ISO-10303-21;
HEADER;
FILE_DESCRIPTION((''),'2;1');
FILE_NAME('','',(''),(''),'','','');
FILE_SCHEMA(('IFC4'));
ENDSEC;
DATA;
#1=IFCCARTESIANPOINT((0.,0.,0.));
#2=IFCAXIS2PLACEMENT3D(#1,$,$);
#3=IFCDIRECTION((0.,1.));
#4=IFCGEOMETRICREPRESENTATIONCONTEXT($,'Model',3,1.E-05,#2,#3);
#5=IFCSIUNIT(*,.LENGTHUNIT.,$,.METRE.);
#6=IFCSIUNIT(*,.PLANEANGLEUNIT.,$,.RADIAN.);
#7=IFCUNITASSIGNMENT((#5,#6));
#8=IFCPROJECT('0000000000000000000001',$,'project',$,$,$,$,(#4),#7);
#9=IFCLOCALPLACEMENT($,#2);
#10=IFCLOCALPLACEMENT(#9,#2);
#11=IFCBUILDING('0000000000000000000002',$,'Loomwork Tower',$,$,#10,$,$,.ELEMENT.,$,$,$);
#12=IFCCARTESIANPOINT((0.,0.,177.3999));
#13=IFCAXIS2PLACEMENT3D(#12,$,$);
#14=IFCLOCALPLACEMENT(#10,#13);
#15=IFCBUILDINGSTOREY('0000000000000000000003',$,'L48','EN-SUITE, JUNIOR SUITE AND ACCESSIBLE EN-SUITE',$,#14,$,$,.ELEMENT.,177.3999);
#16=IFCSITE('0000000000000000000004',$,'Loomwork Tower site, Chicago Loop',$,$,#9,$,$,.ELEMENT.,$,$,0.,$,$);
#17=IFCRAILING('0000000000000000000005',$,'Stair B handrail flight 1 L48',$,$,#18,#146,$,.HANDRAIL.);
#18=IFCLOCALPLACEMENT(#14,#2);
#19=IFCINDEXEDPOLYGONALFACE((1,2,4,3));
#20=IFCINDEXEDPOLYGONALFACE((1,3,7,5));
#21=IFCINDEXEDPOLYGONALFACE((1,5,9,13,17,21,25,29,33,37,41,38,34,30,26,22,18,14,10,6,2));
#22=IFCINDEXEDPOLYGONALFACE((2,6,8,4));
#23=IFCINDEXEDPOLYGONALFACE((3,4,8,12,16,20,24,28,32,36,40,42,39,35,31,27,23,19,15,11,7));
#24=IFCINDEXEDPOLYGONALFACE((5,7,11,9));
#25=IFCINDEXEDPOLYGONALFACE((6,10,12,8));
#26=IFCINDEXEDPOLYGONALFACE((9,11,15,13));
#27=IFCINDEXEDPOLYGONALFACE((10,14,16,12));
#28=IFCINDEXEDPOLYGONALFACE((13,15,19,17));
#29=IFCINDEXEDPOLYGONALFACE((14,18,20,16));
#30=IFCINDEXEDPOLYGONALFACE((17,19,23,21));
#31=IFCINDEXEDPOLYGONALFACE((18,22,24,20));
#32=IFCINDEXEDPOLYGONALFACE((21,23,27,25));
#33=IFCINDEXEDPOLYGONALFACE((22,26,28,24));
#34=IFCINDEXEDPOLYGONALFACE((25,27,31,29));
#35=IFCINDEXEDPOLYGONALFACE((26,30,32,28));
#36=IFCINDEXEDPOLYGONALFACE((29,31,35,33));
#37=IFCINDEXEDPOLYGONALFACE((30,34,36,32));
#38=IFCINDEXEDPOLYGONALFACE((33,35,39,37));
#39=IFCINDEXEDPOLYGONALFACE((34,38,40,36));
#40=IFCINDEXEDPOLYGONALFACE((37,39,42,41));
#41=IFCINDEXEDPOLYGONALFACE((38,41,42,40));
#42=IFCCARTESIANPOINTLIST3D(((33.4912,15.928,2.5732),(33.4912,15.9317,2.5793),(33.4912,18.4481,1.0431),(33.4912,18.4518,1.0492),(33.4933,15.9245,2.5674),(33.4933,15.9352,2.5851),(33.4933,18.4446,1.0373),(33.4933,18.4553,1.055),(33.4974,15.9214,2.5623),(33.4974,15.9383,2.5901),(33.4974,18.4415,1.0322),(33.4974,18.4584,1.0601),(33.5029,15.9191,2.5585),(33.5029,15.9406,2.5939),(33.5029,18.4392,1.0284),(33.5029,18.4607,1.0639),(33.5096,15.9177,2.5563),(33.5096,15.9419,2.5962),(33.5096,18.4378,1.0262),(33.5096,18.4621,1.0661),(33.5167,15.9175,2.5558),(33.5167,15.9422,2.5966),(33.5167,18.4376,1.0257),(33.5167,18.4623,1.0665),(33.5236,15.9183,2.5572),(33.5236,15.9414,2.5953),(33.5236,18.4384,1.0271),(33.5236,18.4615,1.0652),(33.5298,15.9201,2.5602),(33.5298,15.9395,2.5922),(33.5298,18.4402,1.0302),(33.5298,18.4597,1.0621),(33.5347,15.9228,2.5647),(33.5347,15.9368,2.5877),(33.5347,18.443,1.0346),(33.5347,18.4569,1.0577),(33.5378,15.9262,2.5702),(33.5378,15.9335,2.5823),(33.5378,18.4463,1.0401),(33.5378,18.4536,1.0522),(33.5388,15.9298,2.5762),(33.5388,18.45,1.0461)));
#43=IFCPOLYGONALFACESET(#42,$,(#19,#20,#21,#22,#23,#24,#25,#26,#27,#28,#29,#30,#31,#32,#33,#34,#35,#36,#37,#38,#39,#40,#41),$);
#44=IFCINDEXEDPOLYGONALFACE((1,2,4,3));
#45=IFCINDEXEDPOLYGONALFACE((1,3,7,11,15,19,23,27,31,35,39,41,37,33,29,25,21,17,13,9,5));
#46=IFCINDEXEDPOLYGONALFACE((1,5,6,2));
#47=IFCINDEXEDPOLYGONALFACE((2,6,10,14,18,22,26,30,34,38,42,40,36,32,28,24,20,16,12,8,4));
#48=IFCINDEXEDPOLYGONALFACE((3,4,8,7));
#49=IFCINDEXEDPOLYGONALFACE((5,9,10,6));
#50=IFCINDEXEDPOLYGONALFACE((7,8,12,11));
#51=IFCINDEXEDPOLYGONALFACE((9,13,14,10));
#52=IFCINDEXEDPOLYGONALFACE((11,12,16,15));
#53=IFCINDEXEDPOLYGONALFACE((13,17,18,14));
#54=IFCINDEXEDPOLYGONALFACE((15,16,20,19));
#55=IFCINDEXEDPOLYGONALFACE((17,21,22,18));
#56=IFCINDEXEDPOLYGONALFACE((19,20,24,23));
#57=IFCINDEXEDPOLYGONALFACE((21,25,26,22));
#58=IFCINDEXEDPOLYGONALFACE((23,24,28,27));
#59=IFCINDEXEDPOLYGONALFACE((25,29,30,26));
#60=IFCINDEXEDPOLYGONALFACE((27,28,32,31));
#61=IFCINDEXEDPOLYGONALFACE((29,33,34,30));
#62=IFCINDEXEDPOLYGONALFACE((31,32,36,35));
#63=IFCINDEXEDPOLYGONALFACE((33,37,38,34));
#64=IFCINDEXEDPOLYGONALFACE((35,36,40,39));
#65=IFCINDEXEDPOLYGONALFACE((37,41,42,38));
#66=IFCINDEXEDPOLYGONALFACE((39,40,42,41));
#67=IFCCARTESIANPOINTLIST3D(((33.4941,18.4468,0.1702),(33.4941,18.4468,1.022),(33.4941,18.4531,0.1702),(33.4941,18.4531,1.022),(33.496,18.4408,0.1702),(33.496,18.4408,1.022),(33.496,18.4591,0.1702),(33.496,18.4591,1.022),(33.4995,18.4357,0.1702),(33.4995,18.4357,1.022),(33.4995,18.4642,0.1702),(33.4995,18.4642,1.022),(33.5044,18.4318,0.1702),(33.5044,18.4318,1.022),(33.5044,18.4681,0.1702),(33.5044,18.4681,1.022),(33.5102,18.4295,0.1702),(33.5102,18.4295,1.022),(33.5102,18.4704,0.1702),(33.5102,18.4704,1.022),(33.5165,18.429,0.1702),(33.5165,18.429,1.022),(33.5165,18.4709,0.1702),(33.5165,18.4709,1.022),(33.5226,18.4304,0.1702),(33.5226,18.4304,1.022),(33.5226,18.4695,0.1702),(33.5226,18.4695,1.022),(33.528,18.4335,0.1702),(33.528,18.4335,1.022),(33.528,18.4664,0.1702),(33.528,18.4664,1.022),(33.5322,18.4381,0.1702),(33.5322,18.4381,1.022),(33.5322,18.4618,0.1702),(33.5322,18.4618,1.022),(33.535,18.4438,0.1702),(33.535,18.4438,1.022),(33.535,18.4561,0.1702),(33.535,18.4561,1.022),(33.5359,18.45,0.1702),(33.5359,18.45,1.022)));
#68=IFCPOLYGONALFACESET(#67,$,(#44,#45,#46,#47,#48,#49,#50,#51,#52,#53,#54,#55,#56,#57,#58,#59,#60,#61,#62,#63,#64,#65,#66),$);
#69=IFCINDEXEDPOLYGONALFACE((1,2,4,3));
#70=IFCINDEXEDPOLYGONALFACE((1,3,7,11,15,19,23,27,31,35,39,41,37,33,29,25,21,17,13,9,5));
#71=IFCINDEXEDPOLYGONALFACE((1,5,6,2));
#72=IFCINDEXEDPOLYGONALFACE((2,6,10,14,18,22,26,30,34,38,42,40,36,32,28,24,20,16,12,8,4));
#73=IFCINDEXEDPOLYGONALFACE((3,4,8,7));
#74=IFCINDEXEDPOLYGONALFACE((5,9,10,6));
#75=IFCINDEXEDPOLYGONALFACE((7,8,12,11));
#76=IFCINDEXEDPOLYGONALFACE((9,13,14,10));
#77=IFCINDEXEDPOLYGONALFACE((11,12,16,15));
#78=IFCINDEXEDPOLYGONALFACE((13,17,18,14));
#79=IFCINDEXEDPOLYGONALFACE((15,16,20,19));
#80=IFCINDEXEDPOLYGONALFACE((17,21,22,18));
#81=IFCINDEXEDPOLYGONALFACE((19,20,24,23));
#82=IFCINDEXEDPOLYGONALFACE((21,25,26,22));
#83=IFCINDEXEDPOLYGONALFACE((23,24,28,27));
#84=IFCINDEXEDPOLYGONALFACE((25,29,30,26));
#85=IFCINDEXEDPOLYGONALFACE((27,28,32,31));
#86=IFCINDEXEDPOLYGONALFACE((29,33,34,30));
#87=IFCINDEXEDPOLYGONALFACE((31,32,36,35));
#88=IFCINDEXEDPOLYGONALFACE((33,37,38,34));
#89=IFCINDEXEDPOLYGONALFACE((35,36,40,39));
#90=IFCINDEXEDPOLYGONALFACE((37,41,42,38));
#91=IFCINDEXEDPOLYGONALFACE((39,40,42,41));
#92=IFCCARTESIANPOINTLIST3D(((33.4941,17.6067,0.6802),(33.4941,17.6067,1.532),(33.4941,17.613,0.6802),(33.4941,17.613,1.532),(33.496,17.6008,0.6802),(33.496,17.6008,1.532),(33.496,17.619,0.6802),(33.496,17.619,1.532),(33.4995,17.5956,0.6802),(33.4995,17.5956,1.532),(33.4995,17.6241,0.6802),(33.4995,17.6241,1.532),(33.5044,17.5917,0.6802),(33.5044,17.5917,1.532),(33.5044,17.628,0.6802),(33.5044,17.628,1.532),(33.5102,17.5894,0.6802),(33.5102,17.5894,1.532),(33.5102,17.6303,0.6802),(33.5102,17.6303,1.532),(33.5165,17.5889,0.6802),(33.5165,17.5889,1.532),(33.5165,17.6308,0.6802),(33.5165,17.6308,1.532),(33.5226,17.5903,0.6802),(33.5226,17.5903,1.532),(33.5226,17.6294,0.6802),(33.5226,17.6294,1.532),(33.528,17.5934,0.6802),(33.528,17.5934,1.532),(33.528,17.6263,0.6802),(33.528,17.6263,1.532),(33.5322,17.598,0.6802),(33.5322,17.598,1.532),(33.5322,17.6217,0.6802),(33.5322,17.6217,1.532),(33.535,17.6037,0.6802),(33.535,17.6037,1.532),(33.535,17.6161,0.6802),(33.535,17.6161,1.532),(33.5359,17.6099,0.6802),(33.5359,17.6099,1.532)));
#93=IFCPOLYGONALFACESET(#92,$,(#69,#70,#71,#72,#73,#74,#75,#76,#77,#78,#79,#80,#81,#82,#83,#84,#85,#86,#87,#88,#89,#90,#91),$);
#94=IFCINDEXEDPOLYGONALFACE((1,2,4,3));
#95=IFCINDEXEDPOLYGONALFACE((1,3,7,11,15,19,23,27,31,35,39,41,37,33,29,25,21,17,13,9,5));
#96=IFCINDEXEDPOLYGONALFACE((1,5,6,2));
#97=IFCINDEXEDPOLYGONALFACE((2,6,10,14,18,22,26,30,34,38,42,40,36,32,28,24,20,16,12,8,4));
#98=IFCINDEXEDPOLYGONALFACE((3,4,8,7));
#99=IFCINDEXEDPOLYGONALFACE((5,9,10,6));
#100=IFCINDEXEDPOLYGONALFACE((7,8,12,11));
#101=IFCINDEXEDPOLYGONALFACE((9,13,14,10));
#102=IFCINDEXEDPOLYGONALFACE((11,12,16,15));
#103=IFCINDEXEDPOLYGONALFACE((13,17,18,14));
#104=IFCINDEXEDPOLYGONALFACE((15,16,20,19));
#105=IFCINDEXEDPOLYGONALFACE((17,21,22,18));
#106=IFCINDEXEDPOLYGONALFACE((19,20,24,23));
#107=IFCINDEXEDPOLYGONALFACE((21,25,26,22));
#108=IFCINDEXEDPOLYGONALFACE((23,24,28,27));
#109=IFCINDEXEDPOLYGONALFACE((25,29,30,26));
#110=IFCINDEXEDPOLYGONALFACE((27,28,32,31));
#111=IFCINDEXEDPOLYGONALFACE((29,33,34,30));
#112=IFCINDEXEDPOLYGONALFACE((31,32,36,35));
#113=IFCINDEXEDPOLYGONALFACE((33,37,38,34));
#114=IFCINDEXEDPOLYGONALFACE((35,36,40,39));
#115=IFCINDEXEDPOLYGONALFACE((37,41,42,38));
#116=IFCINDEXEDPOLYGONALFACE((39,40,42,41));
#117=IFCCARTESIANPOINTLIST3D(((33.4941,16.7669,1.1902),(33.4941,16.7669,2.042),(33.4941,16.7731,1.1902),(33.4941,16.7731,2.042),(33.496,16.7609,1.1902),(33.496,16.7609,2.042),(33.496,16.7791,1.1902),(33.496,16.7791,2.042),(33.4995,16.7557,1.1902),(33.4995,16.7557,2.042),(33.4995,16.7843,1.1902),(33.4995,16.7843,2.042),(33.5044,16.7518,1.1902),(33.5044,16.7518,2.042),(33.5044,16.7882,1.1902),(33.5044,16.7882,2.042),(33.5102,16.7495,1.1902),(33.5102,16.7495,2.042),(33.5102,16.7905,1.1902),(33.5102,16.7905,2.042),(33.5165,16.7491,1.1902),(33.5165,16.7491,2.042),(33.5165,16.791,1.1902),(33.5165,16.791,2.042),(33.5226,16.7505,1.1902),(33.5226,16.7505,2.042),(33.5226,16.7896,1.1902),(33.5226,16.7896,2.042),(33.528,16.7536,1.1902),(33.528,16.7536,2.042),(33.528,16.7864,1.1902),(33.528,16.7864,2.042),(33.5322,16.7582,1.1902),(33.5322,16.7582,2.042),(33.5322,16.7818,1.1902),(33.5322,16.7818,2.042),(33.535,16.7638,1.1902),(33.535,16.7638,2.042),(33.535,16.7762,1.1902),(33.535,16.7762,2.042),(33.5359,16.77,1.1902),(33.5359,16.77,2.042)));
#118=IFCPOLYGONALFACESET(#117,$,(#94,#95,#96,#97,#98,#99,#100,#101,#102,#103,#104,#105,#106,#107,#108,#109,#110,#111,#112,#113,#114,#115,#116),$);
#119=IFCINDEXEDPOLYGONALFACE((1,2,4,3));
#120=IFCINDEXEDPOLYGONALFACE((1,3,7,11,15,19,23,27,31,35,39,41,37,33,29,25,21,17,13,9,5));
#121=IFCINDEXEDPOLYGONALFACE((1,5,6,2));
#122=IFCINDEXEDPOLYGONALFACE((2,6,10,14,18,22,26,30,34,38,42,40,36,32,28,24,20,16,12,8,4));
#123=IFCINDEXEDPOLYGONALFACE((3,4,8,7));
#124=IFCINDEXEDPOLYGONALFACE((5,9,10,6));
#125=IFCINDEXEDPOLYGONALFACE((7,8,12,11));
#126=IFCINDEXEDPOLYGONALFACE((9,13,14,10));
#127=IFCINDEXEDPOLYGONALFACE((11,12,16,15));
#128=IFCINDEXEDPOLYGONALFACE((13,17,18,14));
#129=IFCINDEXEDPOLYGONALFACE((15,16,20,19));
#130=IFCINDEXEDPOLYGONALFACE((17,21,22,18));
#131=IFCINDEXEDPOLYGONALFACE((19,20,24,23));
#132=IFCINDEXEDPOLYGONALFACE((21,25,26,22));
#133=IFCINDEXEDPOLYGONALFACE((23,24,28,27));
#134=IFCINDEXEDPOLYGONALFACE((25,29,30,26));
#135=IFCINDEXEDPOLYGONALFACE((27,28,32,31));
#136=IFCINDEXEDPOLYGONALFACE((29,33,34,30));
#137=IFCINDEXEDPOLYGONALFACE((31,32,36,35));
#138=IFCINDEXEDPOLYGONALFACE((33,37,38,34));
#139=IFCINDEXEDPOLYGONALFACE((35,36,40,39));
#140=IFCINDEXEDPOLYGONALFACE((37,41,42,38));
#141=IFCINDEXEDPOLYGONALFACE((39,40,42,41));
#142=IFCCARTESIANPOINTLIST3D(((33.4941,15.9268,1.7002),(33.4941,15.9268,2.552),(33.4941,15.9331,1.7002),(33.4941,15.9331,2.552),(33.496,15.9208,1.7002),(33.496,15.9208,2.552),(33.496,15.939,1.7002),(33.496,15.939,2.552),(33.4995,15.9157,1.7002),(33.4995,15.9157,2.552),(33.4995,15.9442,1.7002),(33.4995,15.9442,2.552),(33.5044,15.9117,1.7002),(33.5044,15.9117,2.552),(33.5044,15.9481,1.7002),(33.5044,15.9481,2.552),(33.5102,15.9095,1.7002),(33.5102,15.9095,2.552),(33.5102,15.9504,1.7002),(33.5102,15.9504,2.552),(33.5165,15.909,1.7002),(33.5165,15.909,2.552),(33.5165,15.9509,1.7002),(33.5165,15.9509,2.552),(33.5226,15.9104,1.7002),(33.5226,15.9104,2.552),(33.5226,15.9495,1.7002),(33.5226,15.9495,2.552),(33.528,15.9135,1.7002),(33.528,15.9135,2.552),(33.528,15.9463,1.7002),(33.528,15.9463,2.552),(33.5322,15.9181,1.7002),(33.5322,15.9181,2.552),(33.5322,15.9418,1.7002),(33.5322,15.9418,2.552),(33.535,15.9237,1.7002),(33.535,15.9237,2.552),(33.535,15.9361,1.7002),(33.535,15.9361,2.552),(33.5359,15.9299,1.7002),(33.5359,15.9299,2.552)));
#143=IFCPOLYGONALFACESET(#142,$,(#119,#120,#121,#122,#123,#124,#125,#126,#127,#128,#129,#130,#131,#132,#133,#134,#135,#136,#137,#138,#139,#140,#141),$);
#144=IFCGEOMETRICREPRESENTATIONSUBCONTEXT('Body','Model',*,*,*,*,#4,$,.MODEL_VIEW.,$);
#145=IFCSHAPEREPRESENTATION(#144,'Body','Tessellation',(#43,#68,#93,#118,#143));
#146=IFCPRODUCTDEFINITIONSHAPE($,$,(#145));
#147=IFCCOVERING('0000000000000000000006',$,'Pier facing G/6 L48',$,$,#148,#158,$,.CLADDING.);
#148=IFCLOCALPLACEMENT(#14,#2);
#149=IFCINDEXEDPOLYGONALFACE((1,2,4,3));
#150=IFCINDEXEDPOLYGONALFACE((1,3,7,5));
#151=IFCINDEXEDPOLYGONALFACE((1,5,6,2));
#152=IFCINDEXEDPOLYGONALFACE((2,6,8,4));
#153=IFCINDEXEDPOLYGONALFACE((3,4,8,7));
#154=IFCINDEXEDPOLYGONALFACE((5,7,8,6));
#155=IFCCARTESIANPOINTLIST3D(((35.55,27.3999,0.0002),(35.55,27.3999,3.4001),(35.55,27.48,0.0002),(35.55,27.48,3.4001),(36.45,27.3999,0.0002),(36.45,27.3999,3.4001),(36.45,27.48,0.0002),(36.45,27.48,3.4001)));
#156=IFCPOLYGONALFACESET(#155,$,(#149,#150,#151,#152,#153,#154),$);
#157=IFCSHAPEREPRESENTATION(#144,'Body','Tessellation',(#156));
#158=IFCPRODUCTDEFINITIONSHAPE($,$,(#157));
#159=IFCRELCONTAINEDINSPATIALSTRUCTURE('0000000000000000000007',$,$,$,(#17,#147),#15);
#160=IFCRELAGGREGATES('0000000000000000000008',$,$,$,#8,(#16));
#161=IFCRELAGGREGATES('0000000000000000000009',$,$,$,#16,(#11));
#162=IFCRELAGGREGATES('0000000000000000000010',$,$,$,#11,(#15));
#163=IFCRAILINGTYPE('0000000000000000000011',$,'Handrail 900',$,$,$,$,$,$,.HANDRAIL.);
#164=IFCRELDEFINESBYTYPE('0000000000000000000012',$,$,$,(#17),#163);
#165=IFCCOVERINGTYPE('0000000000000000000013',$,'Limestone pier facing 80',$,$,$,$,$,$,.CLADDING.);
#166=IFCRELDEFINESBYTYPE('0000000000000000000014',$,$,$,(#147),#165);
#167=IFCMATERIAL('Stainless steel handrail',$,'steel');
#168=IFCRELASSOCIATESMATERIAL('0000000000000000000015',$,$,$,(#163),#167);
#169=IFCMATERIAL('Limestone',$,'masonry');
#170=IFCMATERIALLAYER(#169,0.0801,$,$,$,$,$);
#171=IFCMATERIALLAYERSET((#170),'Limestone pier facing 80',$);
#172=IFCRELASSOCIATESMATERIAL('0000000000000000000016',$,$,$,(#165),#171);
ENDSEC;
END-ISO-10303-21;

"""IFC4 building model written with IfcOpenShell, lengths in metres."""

from ifc_helpers import new_model, si_unit, direction, frame, origin, origin_2d, place, context, subcontext, project, spatial, rectangle, circle, extrude, material, layer, layer_set, type_object, element, save


model = new_model("IFC4")

# Units and contexts
model_context = context("Model", 3, precision=1e-05, world=origin(), true_north=direction((0.0, 1.0)))
body_context = subcontext(model_context, "Body", "Model", "MODEL_VIEW")
ifc_project = project(units=[si_unit("LENGTHUNIT", "METRE"), si_unit("PLANEANGLEUNIT", "RADIAN")], contexts=[model_context])

# Site, building, storey
site_placement = place(None, origin())
site = spatial("IfcSite", under=ifc_project, at=site_placement, Name="Loomwork Tower site, Chicago Loop", CompositionType="ELEMENT", RefElevation=0.0)
building_placement = place(site_placement, origin())
building = spatial("IfcBuilding", under=site, at=building_placement, Name="Loomwork Tower", CompositionType="ELEMENT")
storey_placement = place(building_placement, frame((0.0, 0.0, 177.3999)))
storey = spatial("IfcBuildingStorey", under=building, at=storey_placement, Name="L48", Description="EN-SUITE, JUNIOR SUITE AND ACCESSIBLE EN-SUITE", CompositionType="ELEMENT", Elevation=177.3999)

# Railing
ifc_material_1 = material(Name="Stainless steel handrail", Category="steel")
railing_type = type_object("IfcRailingType", Name="Handrail 900", PredefinedType="HANDRAIL", material=ifc_material_1)
railing_placement = place(storey_placement, frame((33.5149, 18.45, 0.1702)))
element("IfcRailing", 1, at=railing_placement, inside=storey, type_object=railing_type, Name="Stair B handrail flight 1 L48", PredefinedType="HANDRAIL", context=body_context, shape_type="SweptSolid", body=[
    extrude(circle(Radius=0.0239, at=origin_2d()), frame((0.0, 0.0, 0.876), z_axis=(0.0, -0.854785, 0.518982), x_axis=(1.0, 0.0, 0.0)), (0.0, 0.0, 1.0), 2.9482),
    extrude(circle(Radius=0.021, at=origin_2d()), origin(), (0.0, 0.0, 1.0), 0.8518),
    extrude(circle(Radius=0.021, at=origin_2d()), frame((0.0, -0.8401, 0.51)), (0.0, 0.0, 1.0), 0.8518),
    extrude(circle(Radius=0.021, at=origin_2d()), frame((0.0, -1.6799, 1.02)), (0.0, 0.0, 1.0), 0.8518),
    extrude(circle(Radius=0.021, at=origin_2d()), frame((0.0, -2.52, 1.53)), (0.0, 0.0, 1.0), 0.8518),
])

# Covering
ifc_material_2 = material(Name="Limestone", Category="masonry")
ifc_layer_1 = layer(ifc_material_2, 0.0801)
ifc_layer_set_1 = layer_set([ifc_layer_1], Name="Limestone pier facing 80")
covering_type = type_object("IfcCoveringType", Name="Limestone pier facing 80", PredefinedType="CLADDING", material=ifc_layer_set_1)
covering_placement = place(storey_placement, frame((36.0, 27.4399, 0.0002), z_axis=(0.0, 0.0, 1.0), x_axis=(1.0, 0.0, 0.0)))
element("IfcCovering", 2, at=covering_placement, inside=storey, type_object=covering_type, Name="Pier facing G/6 L48", PredefinedType="CLADDING", context=body_context, shape_type="SweptSolid", body=[
    extrude(rectangle(XDim=0.8999, YDim=0.0801, at=origin_2d()), origin(), (0.0, 0.0, 1.0), 3.3999),
])

save(model, "model.ifc")
